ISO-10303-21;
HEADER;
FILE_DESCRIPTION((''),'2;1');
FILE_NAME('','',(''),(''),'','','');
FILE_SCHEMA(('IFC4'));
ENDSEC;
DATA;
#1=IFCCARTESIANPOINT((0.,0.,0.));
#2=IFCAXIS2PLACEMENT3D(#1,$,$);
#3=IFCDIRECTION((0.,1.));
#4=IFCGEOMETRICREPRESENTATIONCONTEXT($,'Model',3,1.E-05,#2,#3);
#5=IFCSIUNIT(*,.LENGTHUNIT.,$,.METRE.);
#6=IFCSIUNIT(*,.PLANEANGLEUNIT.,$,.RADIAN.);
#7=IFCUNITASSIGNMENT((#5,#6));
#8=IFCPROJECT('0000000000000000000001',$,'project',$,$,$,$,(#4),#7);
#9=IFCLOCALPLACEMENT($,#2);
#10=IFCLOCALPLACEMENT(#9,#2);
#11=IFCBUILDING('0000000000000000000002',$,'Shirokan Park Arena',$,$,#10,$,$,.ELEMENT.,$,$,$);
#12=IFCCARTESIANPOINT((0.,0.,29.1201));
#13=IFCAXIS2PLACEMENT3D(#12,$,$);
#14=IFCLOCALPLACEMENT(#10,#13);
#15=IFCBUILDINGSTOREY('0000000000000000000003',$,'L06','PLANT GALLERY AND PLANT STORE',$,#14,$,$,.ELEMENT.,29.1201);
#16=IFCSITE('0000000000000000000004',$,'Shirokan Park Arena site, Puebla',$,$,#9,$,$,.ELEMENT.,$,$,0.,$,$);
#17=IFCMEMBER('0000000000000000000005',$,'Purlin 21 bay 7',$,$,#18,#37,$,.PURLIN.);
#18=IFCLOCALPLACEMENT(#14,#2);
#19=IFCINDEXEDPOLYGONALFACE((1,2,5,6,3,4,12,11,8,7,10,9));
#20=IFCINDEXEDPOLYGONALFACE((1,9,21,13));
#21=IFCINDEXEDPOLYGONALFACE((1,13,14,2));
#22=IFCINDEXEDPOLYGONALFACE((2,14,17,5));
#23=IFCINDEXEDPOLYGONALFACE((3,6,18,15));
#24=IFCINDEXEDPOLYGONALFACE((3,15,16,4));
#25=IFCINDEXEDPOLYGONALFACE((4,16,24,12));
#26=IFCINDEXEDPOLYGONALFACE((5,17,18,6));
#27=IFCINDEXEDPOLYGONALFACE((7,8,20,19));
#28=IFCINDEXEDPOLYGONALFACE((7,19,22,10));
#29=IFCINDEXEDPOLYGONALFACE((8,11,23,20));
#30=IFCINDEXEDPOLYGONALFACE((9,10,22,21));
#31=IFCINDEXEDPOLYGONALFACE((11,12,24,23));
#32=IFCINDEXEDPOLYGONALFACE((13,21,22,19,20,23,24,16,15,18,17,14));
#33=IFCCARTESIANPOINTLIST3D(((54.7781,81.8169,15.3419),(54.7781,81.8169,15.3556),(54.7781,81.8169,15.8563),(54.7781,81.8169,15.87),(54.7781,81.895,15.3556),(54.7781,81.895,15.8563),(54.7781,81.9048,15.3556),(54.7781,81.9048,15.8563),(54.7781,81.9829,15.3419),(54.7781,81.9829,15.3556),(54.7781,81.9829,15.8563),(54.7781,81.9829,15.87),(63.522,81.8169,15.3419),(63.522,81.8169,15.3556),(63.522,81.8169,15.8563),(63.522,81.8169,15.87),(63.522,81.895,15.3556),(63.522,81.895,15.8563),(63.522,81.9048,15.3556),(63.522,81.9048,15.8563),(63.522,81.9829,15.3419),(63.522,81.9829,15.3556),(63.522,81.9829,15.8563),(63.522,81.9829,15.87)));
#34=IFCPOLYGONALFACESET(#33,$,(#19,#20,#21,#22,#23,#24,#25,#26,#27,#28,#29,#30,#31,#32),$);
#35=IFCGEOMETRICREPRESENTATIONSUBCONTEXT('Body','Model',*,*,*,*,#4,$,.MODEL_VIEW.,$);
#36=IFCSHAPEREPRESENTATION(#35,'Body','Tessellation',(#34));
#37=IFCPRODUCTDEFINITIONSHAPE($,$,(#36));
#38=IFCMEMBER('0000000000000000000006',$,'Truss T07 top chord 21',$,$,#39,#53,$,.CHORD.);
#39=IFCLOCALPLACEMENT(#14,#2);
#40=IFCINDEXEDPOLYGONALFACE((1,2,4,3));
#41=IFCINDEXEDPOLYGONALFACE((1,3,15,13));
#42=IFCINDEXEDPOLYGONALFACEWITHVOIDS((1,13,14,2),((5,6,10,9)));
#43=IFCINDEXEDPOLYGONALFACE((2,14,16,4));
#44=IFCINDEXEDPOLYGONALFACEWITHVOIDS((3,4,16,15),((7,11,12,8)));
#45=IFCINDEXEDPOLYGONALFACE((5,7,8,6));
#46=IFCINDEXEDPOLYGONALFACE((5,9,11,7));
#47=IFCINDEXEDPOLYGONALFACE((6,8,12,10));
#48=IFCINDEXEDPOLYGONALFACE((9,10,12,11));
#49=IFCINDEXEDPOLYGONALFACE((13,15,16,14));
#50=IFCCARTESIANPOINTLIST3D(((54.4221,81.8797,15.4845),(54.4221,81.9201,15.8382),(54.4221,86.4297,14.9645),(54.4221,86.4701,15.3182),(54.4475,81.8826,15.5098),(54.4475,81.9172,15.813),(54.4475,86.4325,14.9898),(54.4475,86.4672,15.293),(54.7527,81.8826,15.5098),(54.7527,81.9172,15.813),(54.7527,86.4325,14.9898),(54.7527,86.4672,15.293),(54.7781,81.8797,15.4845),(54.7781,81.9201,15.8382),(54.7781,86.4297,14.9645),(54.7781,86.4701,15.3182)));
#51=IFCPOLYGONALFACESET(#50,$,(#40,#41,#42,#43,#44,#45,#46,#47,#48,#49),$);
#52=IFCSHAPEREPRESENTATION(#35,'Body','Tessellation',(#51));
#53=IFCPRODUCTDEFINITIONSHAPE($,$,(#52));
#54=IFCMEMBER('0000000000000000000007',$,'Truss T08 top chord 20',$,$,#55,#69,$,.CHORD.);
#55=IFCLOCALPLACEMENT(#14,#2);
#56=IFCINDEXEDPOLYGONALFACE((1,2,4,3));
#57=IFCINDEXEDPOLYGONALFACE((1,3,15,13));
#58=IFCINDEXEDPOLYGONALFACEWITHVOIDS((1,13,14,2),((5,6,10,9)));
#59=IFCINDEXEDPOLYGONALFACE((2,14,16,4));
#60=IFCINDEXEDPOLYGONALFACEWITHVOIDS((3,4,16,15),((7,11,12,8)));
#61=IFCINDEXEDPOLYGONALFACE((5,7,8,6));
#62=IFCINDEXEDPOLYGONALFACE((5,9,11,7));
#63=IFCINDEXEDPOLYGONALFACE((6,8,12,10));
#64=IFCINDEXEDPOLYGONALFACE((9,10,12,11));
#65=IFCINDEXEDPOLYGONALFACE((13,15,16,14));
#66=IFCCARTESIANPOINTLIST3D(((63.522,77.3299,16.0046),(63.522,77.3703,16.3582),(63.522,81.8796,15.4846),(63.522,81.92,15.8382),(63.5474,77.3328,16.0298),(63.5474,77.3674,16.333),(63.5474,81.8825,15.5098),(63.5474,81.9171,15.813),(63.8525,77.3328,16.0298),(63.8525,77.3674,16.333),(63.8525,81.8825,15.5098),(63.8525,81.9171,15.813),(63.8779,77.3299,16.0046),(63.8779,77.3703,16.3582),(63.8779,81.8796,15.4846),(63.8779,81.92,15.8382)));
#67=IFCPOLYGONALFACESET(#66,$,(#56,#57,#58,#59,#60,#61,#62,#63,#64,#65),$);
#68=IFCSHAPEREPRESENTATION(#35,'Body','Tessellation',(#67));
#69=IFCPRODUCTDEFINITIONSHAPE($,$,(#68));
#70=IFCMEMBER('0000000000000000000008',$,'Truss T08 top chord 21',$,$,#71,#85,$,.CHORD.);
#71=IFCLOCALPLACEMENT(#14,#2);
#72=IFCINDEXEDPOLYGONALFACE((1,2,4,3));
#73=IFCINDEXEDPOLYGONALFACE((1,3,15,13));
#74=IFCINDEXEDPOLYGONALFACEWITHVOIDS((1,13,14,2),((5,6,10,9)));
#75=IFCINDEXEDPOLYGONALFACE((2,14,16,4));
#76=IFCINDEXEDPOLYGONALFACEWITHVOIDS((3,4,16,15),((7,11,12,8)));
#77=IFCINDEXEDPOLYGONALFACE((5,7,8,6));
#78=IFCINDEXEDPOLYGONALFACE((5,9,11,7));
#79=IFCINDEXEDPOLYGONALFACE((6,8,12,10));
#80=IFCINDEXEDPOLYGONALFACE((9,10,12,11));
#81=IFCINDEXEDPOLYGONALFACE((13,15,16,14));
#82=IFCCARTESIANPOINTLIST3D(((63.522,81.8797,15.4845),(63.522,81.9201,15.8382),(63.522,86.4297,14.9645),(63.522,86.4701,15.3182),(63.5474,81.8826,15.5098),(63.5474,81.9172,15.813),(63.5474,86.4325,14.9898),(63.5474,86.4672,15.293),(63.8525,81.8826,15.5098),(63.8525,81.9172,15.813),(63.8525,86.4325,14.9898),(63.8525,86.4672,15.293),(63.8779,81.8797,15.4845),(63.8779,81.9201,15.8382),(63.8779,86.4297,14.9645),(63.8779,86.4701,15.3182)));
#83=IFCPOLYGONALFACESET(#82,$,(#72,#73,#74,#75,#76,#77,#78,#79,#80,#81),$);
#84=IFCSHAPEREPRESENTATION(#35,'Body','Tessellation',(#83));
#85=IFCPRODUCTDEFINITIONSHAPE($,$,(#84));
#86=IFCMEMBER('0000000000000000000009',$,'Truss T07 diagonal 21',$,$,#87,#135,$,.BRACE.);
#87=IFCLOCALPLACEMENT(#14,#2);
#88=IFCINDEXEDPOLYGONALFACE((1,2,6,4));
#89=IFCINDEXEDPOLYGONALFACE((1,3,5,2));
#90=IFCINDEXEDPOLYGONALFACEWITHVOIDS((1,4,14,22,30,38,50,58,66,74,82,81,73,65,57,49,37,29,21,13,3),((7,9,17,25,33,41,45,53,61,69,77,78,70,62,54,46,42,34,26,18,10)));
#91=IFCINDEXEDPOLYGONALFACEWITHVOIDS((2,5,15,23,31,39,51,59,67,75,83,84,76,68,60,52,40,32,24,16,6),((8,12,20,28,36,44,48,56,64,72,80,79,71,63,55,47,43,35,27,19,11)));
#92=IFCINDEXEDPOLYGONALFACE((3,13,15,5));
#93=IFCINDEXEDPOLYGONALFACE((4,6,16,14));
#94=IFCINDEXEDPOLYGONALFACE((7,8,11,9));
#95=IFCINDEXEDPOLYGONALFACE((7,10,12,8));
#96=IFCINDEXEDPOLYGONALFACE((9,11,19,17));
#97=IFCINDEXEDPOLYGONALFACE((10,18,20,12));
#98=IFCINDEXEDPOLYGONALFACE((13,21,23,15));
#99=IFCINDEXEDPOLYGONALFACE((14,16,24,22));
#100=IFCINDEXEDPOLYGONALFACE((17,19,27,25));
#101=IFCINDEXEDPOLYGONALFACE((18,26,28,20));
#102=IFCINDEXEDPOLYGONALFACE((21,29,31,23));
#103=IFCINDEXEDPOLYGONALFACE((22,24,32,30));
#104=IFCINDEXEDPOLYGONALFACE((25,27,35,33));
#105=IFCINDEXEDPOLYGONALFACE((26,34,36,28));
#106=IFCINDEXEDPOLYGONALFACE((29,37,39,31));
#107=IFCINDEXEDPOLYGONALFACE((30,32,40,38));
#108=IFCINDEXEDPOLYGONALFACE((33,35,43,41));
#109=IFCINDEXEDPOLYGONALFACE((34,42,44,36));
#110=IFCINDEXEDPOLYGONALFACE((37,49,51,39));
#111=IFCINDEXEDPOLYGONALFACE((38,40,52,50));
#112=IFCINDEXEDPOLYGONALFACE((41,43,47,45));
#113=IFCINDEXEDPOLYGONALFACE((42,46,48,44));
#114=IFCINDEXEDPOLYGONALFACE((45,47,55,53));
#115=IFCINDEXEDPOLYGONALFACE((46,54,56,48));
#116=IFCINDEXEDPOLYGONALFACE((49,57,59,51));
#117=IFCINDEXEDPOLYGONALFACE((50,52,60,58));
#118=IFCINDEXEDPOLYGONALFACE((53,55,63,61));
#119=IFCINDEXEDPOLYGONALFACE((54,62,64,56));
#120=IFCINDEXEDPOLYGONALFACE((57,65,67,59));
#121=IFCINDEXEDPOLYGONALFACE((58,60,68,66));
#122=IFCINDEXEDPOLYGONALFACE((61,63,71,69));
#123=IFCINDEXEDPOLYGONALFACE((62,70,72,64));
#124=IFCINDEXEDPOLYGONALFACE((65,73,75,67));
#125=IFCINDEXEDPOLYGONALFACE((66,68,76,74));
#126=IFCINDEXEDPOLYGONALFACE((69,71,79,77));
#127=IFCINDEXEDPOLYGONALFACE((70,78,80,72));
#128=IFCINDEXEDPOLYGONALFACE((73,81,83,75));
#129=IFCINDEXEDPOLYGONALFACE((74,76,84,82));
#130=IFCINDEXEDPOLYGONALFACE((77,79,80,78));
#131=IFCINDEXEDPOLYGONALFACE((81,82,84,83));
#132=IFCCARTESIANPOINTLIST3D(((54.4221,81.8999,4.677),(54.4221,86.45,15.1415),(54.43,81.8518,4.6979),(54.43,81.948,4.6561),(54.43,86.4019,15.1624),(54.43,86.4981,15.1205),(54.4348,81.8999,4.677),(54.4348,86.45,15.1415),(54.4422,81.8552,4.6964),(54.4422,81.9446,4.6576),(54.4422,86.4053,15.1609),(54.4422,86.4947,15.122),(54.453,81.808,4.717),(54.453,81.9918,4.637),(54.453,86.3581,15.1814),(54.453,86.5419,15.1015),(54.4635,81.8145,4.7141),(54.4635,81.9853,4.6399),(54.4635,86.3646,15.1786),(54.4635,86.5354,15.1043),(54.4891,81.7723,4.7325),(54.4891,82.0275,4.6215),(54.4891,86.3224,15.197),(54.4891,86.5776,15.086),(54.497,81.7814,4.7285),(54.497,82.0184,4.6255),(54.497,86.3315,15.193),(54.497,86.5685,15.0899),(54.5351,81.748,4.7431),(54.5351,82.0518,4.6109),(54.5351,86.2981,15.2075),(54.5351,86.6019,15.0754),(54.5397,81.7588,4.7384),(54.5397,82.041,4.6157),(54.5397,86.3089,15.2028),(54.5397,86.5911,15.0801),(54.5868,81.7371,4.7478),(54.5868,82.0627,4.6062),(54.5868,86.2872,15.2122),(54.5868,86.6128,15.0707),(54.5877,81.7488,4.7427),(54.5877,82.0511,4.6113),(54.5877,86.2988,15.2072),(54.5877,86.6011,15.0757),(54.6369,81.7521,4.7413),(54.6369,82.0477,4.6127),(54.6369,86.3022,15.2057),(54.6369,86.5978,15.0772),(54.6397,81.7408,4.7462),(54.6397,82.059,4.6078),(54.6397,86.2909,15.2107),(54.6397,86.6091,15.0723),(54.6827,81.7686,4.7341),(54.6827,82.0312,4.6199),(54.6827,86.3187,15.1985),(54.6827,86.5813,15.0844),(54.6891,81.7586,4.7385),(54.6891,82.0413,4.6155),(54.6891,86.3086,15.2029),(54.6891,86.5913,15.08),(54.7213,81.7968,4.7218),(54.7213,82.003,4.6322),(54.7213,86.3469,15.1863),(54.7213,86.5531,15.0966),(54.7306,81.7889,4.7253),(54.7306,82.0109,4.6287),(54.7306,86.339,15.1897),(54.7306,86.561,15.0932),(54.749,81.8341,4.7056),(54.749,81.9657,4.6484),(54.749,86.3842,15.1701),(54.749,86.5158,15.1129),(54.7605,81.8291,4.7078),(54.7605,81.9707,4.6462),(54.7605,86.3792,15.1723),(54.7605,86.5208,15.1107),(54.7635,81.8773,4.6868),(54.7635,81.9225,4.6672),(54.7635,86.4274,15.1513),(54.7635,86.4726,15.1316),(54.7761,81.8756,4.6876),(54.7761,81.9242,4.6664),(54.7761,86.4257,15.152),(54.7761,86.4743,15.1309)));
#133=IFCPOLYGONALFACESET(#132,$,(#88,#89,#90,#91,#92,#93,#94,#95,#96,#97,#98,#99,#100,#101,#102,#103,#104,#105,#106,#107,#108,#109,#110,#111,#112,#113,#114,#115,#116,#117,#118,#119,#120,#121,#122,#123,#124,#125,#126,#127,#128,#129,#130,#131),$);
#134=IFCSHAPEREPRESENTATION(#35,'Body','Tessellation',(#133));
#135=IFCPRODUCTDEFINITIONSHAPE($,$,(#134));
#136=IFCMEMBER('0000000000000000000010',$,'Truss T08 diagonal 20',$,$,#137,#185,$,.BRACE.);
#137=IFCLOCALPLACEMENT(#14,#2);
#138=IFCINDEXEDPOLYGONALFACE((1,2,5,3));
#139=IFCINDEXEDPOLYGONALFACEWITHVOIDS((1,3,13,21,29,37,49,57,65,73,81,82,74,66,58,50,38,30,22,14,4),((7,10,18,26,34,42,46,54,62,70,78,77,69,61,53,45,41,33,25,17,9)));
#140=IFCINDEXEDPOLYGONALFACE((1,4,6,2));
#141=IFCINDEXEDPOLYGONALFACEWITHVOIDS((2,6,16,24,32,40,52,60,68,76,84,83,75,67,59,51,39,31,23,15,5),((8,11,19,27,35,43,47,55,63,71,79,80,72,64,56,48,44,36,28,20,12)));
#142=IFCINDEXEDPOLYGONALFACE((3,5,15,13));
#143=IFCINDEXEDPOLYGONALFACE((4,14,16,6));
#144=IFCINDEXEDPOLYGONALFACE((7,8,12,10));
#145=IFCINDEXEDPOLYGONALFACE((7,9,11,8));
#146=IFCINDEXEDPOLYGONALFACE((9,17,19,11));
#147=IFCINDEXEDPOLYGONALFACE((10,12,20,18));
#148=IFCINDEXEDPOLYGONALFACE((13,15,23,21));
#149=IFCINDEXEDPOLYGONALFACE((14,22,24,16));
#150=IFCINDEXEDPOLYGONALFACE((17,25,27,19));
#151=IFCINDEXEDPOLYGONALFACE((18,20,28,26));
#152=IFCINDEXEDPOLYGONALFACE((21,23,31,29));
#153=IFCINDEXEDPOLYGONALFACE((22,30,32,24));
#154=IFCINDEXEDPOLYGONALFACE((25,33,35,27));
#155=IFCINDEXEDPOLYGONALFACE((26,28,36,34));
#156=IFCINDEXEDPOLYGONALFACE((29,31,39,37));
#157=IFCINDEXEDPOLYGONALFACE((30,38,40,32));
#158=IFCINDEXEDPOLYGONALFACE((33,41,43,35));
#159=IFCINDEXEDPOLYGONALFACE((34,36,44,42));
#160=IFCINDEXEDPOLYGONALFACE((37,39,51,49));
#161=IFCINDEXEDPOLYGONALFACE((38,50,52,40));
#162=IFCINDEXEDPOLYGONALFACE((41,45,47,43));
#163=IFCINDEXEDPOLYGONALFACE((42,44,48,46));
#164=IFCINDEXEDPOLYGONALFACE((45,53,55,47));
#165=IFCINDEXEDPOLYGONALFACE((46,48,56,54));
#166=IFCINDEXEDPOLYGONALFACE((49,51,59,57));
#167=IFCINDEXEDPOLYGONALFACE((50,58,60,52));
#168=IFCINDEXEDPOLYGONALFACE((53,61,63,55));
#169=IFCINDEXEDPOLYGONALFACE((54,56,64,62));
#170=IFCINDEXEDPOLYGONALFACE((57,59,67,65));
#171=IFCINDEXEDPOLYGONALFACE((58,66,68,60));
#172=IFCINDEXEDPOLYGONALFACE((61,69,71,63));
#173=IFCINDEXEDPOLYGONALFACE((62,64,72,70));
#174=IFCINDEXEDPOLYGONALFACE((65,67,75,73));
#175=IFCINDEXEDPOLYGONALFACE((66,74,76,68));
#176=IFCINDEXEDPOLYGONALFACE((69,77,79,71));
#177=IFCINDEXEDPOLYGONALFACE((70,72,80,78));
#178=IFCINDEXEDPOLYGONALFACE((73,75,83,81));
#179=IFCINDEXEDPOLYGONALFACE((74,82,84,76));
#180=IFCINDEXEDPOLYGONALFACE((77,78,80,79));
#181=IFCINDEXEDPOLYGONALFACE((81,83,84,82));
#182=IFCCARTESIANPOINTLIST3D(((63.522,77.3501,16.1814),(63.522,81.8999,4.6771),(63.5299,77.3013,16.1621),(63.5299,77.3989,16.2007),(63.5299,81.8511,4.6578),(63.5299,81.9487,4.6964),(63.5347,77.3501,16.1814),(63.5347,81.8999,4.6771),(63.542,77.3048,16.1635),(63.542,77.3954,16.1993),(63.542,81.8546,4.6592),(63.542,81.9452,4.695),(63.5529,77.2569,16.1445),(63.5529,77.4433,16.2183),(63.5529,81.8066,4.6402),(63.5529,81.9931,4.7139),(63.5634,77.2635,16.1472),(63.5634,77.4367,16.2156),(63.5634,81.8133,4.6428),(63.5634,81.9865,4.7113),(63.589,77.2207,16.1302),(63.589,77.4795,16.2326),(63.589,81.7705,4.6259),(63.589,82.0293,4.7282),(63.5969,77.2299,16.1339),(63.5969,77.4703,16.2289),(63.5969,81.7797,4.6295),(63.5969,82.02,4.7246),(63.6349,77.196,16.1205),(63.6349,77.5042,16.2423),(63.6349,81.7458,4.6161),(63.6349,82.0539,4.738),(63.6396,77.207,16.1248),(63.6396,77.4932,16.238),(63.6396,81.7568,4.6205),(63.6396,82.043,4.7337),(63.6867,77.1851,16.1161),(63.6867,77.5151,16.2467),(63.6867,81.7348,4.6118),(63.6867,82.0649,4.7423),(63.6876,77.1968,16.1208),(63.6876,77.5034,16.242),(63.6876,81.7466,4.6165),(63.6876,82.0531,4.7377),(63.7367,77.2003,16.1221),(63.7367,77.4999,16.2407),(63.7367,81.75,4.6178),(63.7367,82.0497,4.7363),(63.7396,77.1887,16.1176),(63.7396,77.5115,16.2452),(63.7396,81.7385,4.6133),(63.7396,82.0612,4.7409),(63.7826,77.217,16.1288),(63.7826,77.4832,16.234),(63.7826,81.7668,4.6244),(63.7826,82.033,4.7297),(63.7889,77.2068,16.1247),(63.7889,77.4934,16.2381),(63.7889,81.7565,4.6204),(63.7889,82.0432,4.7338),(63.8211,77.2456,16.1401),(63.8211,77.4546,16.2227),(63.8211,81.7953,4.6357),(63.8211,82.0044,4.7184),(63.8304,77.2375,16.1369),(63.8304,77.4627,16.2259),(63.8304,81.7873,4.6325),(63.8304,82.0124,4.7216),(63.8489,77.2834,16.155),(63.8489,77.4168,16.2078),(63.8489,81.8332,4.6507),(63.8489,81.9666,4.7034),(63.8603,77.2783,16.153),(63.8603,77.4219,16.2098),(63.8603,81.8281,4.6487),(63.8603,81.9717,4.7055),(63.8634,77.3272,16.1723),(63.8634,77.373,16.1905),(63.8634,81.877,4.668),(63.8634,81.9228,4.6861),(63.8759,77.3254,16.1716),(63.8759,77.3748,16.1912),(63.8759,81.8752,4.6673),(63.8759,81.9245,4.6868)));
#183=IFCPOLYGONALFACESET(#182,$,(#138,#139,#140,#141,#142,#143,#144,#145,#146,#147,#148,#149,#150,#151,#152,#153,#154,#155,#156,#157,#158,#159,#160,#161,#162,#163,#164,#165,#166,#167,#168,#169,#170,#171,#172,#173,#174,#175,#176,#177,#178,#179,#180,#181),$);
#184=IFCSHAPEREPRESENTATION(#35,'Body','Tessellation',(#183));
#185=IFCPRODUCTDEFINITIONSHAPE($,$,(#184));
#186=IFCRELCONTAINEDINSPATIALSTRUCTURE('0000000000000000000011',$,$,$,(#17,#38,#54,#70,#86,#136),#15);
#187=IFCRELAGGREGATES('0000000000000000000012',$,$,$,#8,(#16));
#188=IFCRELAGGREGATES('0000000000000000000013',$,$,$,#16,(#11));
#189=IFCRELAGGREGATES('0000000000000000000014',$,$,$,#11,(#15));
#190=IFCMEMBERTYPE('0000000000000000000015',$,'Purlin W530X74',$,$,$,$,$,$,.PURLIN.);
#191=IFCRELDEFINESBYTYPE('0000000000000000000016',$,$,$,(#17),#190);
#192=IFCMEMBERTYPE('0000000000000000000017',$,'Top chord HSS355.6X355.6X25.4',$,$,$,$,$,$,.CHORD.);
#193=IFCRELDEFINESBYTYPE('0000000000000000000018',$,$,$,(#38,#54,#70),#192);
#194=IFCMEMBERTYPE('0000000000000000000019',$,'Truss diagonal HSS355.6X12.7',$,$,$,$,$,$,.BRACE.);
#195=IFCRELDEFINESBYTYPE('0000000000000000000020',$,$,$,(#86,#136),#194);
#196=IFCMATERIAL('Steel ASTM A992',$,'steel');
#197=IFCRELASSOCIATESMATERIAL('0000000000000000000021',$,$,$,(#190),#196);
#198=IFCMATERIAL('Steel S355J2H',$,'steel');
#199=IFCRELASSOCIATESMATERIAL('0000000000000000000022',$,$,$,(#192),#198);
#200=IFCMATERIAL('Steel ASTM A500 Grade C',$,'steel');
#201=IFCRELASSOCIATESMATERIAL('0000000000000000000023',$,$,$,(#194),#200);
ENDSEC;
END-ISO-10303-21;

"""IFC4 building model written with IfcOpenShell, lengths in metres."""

from ifc_helpers import new_model, si_unit, direction, frame, origin, origin_2d, place, context, subcontext, project, spatial, hollow_rectangle, hollow_circle, i_section, extrude, material, material_profile, profile_set, type_object, element, save


model = new_model("IFC4")

# Units and contexts
model_context = context("Model", 3, precision=1e-05, world=origin(), true_north=direction((0.0, 1.0)))
body_context = subcontext(model_context, "Body", "Model", "MODEL_VIEW")
ifc_project = project(units=[si_unit("LENGTHUNIT", "METRE"), si_unit("PLANEANGLEUNIT", "RADIAN")], contexts=[model_context])

# Site, building, storey
site_placement = place(None, origin())
site = spatial("IfcSite", under=ifc_project, at=site_placement, Name="Shirokan Park Arena site, Puebla", CompositionType="ELEMENT", RefElevation=0.0)
building_placement = place(site_placement, origin())
building = spatial("IfcBuilding", under=site, at=building_placement, Name="Shirokan Park Arena", CompositionType="ELEMENT")
storey_placement = place(building_placement, frame((0.0, 0.0, 29.1201)))
storey = spatial("IfcBuildingStorey", under=building, at=storey_placement, Name="L06", Description="PLANT GALLERY AND PLANT STORE", CompositionType="ELEMENT", Elevation=29.1201)

# Members
ifc_material_1 = material(Name="Steel S355J2H", Category="steel")
ifc_material_2 = material(Name="Steel ASTM A500 Grade C", Category="steel")
ifc_material_3 = material(Name="Steel ASTM A992", Category="steel")
ifc_material_profile_1 = material_profile(ifc_material_3, i_section(OverallWidth=0.166, OverallDepth=0.5281, WebThickness=0.0098, FlangeThickness=0.0137, at=origin_2d()), Name="W530X74")
ifc_profile_set_1 = profile_set([ifc_material_profile_1], Name="Steel ASTM A992")
member_type_1 = type_object("IfcMemberType", Name="Purlin W530X74", PredefinedType="PURLIN", material=ifc_profile_set_1)
member_1_placement = place(storey_placement, frame((54.7781, 81.8999, 15.606), z_axis=(1.0, 0.0, 0.0), x_axis=(0.0, 1.0, 0.0)))
element("IfcMember", 1, at=member_1_placement, inside=storey, type_object=member_type_1, Name="Purlin 21 bay 7", PredefinedType="PURLIN", context=body_context, shape_type="SweptSolid", body=[
    extrude(i_section(OverallWidth=0.166, OverallDepth=0.5281, WebThickness=0.0098, FlangeThickness=0.0137, at=origin_2d()), origin(), (0.0, 0.0, 1.0), 8.7439),
])
ifc_material_profile_2 = material_profile(ifc_material_1, hollow_rectangle(XDim=0.356, YDim=0.356, WallThickness=0.0254, at=origin_2d()), Name="HSS355.6X355.6X25.4")
ifc_profile_set_2 = profile_set([ifc_material_profile_2], Name="Steel S355J2H")
member_type_2 = type_object("IfcMemberType", Name="Top chord HSS355.6X355.6X25.4", PredefinedType="CHORD", material=ifc_profile_set_2)
member_2_placement = place(storey_placement, frame((54.6001, 81.8999, 15.6614), z_axis=(0.0, 0.993532, -0.11355), x_axis=(-1.0, 0.0, 0.0)))
element("IfcMember", 2, at=member_2_placement, inside=storey, type_object=member_type_2, Name="Truss T07 top chord 21", PredefinedType="CHORD", context=body_context, shape_type="SweptSolid", body=[
    extrude(hollow_rectangle(XDim=0.356, YDim=0.356, WallThickness=0.0254, at=origin_2d()), origin(), (0.0, 0.0, 1.0), 4.5796),
])
member_3_placement = place(storey_placement, frame((63.7, 77.3501, 16.1814), z_axis=(0.0, 0.993532, -0.113556), x_axis=(-1.0, 0.0, 0.0)))
element("IfcMember", 3, at=member_3_placement, inside=storey, type_object=member_type_2, Name="Truss T08 top chord 20", PredefinedType="CHORD", context=body_context, shape_type="SweptSolid", body=[
    extrude(hollow_rectangle(XDim=0.356, YDim=0.356, WallThickness=0.0254, at=origin_2d()), origin(), (0.0, 0.0, 1.0), 4.5793),
])
member_4_placement = place(storey_placement, frame((63.7, 81.8999, 15.6614), z_axis=(0.0, 0.993532, -0.11355), x_axis=(-1.0, 0.0, 0.0)))
element("IfcMember", 4, at=member_4_placement, inside=storey, type_object=member_type_2, Name="Truss T08 top chord 21", PredefinedType="CHORD", context=body_context, shape_type="SweptSolid", body=[
    extrude(hollow_rectangle(XDim=0.356, YDim=0.356, WallThickness=0.0254, at=origin_2d()), origin(), (0.0, 0.0, 1.0), 4.5796),
])
ifc_material_profile_3 = material_profile(ifc_material_2, hollow_circle(Radius=0.178, WallThickness=0.0127, at=origin_2d()), Name="HSS355.6X12.7")
ifc_profile_set_3 = profile_set([ifc_material_profile_3], Name="Steel ASTM A500 Grade C")
member_type_3 = type_object("IfcMemberType", Name="Truss diagonal HSS355.6X12.7", PredefinedType="BRACE", material=ifc_profile_set_3)
member_5_placement = place(storey_placement, frame((54.6001, 81.8999, 4.677), z_axis=(0.0, 0.39875, 0.91706), x_axis=(-1.0, 0.0, 0.0)))
element("IfcMember", 5, at=member_5_placement, inside=storey, type_object=member_type_3, Name="Truss T07 diagonal 21", PredefinedType="BRACE", context=body_context, shape_type="SweptSolid", body=[
    extrude(hollow_circle(Radius=0.178, WallThickness=0.0127, at=origin_2d()), origin(), (0.0, 0.0, 1.0), 11.4109),
])
member_6_placement = place(storey_placement, frame((63.7, 77.3501, 16.1814), z_axis=(0.0, 0.367768, -0.929918), x_axis=(-1.0, 0.0, 0.0)))
element("IfcMember", 6, at=member_6_placement, inside=storey, type_object=member_type_3, Name="Truss T08 diagonal 20", PredefinedType="BRACE", context=body_context, shape_type="SweptSolid", body=[
    extrude(hollow_circle(Radius=0.178, WallThickness=0.0127, at=origin_2d()), origin(), (0.0, 0.0, 1.0), 12.3713),
])

save(model, "model.ifc")
